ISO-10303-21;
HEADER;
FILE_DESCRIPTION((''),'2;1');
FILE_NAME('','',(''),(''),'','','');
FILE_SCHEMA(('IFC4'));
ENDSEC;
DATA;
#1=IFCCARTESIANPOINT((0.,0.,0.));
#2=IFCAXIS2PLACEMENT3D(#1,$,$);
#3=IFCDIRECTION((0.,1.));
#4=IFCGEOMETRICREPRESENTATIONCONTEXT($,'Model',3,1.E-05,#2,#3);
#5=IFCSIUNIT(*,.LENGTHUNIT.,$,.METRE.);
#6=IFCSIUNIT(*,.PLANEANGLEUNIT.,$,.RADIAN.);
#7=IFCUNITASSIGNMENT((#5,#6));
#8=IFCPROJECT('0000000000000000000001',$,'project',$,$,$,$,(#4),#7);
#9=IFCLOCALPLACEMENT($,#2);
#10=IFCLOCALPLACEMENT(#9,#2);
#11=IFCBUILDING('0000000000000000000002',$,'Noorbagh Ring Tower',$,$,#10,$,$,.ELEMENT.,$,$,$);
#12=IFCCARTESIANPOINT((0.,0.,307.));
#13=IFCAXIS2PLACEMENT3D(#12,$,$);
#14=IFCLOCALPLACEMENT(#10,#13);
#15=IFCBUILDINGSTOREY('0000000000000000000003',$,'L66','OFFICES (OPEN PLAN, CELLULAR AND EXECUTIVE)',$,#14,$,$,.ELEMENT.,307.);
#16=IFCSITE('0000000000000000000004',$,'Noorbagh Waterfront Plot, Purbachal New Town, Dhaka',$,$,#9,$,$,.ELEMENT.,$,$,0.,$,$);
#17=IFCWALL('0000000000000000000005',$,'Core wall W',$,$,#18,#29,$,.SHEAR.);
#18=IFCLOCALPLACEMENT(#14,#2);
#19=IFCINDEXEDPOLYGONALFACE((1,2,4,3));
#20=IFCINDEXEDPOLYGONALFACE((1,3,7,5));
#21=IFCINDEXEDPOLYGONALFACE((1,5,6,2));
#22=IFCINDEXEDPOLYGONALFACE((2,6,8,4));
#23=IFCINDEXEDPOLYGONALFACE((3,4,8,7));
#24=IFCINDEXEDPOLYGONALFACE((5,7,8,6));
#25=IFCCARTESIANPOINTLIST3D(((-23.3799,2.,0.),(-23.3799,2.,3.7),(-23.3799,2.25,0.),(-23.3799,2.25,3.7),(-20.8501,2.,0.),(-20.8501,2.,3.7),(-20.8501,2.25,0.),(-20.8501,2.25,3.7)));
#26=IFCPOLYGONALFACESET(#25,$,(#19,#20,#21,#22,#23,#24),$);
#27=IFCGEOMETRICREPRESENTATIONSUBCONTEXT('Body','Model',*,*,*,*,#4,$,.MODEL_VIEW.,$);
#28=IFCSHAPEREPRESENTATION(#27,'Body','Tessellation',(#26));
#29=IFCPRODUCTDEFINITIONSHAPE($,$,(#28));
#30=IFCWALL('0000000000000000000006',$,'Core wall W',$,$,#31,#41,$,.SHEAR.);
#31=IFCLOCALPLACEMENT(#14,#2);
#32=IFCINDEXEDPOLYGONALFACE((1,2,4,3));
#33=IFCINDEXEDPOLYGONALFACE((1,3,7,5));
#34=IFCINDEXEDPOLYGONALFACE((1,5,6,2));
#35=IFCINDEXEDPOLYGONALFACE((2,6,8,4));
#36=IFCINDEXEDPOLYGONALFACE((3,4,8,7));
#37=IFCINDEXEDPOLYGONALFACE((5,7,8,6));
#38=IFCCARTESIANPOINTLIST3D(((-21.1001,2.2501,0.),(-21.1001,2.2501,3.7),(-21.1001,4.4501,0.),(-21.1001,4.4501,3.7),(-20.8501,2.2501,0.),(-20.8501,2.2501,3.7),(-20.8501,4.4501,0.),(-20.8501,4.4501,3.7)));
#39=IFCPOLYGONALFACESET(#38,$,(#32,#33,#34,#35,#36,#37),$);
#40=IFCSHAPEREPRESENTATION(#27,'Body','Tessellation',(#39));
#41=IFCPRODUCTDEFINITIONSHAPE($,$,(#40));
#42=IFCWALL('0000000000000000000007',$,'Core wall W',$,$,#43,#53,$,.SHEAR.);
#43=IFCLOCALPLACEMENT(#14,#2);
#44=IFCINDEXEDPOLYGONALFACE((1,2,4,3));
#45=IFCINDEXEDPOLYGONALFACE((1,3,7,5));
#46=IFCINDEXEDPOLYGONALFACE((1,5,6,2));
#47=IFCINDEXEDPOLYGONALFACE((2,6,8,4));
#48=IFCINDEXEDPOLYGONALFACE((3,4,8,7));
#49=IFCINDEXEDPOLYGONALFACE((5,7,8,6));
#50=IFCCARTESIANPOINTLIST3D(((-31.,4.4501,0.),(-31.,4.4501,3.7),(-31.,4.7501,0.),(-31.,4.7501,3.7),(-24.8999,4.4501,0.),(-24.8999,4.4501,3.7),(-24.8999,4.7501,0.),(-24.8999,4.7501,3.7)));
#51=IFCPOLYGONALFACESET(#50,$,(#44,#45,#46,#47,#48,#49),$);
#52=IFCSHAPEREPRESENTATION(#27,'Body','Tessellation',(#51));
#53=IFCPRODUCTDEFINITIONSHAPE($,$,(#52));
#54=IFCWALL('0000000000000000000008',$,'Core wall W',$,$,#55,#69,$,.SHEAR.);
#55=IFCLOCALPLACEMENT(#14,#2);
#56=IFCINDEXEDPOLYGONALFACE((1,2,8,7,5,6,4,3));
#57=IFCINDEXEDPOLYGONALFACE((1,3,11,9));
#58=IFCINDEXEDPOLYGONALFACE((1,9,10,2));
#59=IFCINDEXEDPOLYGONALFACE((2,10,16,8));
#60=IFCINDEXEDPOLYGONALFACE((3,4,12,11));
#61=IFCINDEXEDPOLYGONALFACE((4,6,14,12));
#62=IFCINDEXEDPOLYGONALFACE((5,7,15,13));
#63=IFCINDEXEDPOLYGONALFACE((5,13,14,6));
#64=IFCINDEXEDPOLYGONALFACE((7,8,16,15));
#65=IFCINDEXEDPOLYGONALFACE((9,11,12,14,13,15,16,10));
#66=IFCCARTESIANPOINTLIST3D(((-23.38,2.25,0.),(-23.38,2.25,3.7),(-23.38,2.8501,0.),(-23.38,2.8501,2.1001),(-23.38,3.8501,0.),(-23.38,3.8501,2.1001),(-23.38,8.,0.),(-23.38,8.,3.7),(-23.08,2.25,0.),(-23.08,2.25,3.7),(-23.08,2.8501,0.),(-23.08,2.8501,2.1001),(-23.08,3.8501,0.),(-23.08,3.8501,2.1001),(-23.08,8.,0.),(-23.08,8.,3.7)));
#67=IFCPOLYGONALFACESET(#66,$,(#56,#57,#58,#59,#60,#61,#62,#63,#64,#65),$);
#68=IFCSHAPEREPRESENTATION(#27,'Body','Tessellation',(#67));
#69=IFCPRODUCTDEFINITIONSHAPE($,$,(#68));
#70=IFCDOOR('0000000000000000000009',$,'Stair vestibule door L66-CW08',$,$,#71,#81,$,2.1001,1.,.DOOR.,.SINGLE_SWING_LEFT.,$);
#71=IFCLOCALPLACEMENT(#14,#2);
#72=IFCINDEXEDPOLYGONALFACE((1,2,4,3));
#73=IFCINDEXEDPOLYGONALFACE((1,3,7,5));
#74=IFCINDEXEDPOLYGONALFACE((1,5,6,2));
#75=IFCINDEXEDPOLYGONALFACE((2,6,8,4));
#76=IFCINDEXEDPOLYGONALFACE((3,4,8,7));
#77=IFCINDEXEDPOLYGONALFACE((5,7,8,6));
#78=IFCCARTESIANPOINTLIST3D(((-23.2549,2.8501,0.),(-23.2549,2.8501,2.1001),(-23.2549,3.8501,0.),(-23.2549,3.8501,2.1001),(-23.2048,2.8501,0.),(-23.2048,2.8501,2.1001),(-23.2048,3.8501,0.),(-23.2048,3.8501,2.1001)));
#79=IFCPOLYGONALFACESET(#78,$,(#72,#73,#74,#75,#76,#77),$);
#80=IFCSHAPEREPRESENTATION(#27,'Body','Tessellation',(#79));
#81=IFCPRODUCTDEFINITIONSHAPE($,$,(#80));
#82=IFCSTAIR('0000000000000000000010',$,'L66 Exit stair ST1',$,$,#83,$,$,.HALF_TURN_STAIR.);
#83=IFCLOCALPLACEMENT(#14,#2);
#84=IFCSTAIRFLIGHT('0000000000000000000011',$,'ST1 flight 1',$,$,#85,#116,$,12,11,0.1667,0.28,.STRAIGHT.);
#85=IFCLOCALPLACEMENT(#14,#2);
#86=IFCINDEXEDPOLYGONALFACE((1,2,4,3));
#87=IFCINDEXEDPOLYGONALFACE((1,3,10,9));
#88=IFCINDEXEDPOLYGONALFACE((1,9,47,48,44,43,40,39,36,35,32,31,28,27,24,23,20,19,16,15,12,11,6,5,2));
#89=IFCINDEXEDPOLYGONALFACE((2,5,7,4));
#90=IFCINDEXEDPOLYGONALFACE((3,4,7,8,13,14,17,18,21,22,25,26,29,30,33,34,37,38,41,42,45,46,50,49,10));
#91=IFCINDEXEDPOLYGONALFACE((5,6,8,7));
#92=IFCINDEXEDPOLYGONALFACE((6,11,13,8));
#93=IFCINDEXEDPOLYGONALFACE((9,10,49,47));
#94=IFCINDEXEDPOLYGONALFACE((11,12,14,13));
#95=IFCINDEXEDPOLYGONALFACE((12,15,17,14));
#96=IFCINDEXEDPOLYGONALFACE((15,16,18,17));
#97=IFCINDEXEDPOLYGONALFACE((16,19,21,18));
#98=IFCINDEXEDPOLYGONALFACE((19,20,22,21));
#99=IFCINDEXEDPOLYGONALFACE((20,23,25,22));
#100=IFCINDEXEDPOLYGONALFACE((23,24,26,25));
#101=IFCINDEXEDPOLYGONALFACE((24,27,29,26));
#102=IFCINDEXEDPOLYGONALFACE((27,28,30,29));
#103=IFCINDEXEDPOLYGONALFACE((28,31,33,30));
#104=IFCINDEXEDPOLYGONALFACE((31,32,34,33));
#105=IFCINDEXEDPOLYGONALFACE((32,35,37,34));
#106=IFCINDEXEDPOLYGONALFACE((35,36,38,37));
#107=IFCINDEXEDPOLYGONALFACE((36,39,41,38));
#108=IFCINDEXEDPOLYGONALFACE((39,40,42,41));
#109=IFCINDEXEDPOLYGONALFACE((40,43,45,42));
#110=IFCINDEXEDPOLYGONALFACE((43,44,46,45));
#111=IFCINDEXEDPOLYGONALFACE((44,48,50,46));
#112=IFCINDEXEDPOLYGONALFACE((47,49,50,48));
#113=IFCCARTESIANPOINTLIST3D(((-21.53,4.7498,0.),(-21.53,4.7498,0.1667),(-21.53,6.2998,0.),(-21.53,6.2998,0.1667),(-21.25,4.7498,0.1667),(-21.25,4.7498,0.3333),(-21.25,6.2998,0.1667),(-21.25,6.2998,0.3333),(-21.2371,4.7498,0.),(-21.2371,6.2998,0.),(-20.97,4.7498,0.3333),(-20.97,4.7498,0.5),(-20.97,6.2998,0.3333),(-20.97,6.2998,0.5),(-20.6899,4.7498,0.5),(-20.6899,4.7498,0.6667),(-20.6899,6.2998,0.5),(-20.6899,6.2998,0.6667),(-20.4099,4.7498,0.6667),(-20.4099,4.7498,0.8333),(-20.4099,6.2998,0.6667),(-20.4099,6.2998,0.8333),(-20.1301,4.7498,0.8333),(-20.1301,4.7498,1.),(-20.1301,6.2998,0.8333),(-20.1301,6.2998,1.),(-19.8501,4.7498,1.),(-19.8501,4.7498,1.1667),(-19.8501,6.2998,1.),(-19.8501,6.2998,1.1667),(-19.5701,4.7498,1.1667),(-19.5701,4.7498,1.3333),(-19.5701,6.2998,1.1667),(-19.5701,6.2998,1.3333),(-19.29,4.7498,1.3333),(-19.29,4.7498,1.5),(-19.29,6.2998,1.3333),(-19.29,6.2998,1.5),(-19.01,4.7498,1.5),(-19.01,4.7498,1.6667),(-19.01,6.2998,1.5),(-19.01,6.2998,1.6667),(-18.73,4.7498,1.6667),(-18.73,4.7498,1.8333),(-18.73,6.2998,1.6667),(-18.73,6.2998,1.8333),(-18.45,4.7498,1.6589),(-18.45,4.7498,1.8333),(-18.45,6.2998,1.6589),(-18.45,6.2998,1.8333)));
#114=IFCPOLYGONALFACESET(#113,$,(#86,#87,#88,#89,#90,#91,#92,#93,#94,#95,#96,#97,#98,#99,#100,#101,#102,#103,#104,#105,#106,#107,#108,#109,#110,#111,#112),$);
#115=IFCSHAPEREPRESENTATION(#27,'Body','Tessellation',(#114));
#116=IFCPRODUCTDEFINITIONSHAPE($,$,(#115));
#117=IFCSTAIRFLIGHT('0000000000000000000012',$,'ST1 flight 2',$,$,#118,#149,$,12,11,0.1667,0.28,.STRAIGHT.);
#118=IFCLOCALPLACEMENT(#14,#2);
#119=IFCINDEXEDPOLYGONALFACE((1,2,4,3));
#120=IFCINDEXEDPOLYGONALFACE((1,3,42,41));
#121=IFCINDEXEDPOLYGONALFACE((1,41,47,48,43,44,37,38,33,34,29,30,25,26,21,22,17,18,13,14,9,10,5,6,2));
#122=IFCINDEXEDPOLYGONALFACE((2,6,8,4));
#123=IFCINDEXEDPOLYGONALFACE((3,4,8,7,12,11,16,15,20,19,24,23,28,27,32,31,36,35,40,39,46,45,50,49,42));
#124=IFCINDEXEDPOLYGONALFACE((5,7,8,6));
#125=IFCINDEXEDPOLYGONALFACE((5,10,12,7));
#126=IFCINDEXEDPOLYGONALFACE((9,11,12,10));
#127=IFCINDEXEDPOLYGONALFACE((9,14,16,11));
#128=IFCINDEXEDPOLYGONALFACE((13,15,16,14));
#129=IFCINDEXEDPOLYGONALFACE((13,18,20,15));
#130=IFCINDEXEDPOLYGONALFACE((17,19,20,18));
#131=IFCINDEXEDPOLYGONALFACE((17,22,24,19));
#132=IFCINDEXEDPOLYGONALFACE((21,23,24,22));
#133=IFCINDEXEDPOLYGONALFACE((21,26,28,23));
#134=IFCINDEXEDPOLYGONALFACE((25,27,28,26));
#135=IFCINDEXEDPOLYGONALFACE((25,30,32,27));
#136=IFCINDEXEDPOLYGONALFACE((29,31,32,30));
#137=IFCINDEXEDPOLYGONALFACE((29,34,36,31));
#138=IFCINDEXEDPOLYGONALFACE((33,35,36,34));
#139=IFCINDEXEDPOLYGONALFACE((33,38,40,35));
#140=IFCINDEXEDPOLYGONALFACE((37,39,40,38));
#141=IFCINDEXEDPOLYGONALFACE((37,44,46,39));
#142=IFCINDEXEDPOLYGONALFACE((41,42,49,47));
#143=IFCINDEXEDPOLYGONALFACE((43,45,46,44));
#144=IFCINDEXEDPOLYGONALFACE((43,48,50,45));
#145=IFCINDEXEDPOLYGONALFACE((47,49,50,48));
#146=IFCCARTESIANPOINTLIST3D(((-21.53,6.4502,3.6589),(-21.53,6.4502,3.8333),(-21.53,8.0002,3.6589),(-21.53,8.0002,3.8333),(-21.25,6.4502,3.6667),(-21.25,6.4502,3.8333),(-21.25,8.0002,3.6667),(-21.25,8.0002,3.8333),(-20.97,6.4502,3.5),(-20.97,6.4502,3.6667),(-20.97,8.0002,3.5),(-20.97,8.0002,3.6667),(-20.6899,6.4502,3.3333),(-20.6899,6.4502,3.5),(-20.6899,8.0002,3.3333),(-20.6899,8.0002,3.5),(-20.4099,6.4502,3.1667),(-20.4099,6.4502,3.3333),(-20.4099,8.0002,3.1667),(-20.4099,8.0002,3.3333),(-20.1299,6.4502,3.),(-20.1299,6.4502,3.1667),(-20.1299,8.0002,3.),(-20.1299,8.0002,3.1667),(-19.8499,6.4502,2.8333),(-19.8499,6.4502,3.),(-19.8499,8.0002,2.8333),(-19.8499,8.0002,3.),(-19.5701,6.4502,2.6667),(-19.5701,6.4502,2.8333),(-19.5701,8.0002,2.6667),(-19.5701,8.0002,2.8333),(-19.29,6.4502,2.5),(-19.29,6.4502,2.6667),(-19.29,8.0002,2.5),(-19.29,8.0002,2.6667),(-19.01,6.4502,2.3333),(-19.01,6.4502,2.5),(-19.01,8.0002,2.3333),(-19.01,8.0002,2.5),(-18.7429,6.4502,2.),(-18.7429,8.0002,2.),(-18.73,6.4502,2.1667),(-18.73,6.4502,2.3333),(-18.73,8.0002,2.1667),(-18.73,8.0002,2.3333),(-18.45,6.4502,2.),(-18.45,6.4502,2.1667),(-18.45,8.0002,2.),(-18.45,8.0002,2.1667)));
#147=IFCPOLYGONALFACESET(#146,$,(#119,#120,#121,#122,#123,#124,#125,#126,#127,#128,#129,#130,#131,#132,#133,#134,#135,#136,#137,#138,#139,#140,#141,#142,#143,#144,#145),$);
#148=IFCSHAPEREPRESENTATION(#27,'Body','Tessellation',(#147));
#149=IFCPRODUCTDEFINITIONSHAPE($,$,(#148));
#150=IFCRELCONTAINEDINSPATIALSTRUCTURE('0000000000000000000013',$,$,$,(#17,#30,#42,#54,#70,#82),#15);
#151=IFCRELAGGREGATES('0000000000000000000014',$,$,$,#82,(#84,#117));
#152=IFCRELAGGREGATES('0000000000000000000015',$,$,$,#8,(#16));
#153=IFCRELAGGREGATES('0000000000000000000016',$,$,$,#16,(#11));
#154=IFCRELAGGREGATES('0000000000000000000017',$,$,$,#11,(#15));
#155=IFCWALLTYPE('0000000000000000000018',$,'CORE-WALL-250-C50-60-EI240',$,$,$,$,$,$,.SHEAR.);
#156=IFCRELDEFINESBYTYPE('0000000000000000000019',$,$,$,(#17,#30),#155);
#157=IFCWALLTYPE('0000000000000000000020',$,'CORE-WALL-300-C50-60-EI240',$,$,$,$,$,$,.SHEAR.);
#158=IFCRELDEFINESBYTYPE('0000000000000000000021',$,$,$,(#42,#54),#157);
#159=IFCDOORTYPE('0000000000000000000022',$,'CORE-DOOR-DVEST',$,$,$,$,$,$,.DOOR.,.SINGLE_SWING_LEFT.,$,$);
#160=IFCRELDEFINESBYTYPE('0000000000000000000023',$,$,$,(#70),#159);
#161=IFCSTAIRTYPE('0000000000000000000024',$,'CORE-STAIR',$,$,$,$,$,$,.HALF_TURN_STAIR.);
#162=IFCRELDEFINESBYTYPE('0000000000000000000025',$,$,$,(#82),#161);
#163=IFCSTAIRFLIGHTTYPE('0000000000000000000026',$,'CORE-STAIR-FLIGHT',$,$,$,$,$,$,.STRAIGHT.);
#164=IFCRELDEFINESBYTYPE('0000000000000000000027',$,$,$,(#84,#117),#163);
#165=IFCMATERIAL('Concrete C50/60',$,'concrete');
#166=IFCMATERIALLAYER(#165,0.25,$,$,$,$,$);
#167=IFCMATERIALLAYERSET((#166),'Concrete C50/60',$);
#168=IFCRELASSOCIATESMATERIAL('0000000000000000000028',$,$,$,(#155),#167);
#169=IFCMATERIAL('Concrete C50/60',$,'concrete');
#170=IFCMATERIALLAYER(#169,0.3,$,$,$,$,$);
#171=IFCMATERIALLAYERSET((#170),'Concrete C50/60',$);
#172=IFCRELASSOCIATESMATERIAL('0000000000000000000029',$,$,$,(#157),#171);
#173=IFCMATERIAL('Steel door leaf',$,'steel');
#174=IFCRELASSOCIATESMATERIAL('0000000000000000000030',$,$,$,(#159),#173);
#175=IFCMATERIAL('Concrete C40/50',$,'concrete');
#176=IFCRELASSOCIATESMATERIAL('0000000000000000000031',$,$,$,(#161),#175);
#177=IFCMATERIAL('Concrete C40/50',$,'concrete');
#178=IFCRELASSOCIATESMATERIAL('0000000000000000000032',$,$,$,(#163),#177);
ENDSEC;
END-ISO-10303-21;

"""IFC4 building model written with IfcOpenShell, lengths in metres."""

from ifc_helpers import new_model, si_unit, direction, frame, frame_2d, origin, place, context, subcontext, project, spatial, polyline, rectangle, outline, extrude, material, layer, layer_set, type_object, element, fill, aggregate, save


model = new_model("IFC4")

# Units and contexts
model_context = context("Model", 3, precision=1e-05, world=origin(), true_north=direction((0.0, 1.0)))
body_context = subcontext(model_context, "Body", "Model", "MODEL_VIEW")
ifc_project = project(units=[si_unit("LENGTHUNIT", "METRE"), si_unit("PLANEANGLEUNIT", "RADIAN")], contexts=[model_context])

# Site, building, storey
site_placement = place(None, origin())
site = spatial("IfcSite", under=ifc_project, at=site_placement, Name="Noorbagh Waterfront Plot, Purbachal New Town, Dhaka", CompositionType="ELEMENT", RefElevation=0.0)
building_placement = place(site_placement, origin())
building = spatial("IfcBuilding", under=site, at=building_placement, Name="Noorbagh Ring Tower", CompositionType="ELEMENT")
storey_placement = place(building_placement, frame((0.0, 0.0, 307.0)))
storey = spatial("IfcBuildingStorey", under=building, at=storey_placement, Name="L66", Description="OFFICES (OPEN PLAN, CELLULAR AND EXECUTIVE)", CompositionType="ELEMENT", Elevation=307.0)

# Walls
ifc_material_1 = material(Name="Concrete C50/60", Category="concrete")
ifc_layer_1 = layer(ifc_material_1, 0.25)
ifc_layer_set_1 = layer_set([ifc_layer_1], Name="Concrete C50/60")
wall_type_1 = type_object("IfcWallType", Name="CORE-WALL-250-C50-60-EI240", PredefinedType="SHEAR", material=ifc_layer_set_1)
wall_1_placement = place(storey_placement, frame((-20.8501, 2.125, 0.0), z_axis=(0.0, 0.0, 1.0), x_axis=(-1.0, 0.0, 0.0)))
element("IfcWall", 1, at=wall_1_placement, inside=storey, type_object=wall_type_1, Name="Core wall W", PredefinedType="SHEAR", context=body_context, shape_type="SweptSolid", body=[
    extrude(rectangle(XDim=2.5298, YDim=0.25, at=frame_2d((1.2649, 0.0))), origin(), (0.0, 0.0, 1.0), 3.7),
])
wall_2_placement = place(storey_placement, frame((-20.9751, 2.25, 0.0), z_axis=(0.0, 0.0, 1.0), x_axis=(0.0, 1.0, 0.0)))
element("IfcWall", 2, at=wall_2_placement, inside=storey, type_object=wall_type_1, Name="Core wall W", PredefinedType="SHEAR", context=body_context, shape_type="SweptSolid", body=[
    extrude(rectangle(XDim=2.2, YDim=0.25, at=frame_2d((1.1001, 0.0))), origin(), (0.0, 0.0, 1.0), 3.7),
])
ifc_material_2 = material(Name="Concrete C50/60", Category="concrete")
ifc_layer_2 = layer(ifc_material_2, 0.3)
ifc_layer_set_2 = layer_set([ifc_layer_2], Name="Concrete C50/60")
wall_type_2 = type_object("IfcWallType", Name="CORE-WALL-300-C50-60-EI240", PredefinedType="SHEAR", material=ifc_layer_set_2)
wall_3_placement = place(storey_placement, frame((-24.8999, 4.6001, 0.0), z_axis=(0.0, 0.0, 1.0), x_axis=(-1.0, 0.0, 0.0)))
element("IfcWall", 3, at=wall_3_placement, inside=storey, type_object=wall_type_2, Name="Core wall W", PredefinedType="SHEAR", context=body_context, shape_type="SweptSolid", body=[
    extrude(rectangle(XDim=6.1001, YDim=0.3, at=frame_2d((3.05, 0.0))), origin(), (0.0, 0.0, 1.0), 3.7),
])

# Wall, opening, door
wall_4_placement = place(storey_placement, frame((-23.23, 2.25, 0.0), z_axis=(0.0, 0.0, 1.0), x_axis=(0.0, 1.0, 0.0)))
wall_4 = element("IfcWall", 4, at=wall_4_placement, inside=storey, type_object=wall_type_2, Name="Core wall W", PredefinedType="SHEAR", context=body_context, shape_type="SweptSolid", body=[
    extrude(rectangle(XDim=5.75, YDim=0.3, at=frame_2d((2.875, 0.0))), origin(), (0.0, 0.0, 1.0), 3.7),
])
opening_1_placement = place(wall_4_placement, frame((0.6001, 0.0, 0.0)))
opening_1 = element("IfcOpeningElement", 5, at=opening_1_placement, cuts=wall_4, PredefinedType="OPENING", context=body_context, shape_type="SweptSolid", body=[
    extrude(rectangle(XDim=1.0, YDim=2.1001, at=frame_2d((0.5, 1.05))), frame((0.0, 0.1602, 0.0), z_axis=(0.0, -1.0, 0.0), x_axis=(1.0, 0.0, 0.0)), (0.0, 0.0, 1.0), 0.3201),
])
ifc_material_3 = material(Name="Steel door leaf", Category="steel")
door_type_1 = type_object("IfcDoorType", Name="CORE-DOOR-DVEST", OperationType="SINGLE_SWING_LEFT", PredefinedType="DOOR", material=ifc_material_3)
door_1_placement = place(opening_1_placement, origin())
door_1 = element("IfcDoor", 6, at=door_1_placement, inside=storey, type_object=door_type_1, Name="Stair vestibule door L66-CW08", OperationType="SINGLE_SWING_LEFT", OverallHeight=2.1001, OverallWidth=1.0, PredefinedType="DOOR", context=body_context, shape_type="SweptSolid", body=[
    extrude(rectangle(XDim=1.0, YDim=2.1001, at=frame_2d((0.5, 1.05))), frame((0.0, 0.0249, 0.0), z_axis=(0.0, -1.0, 0.0), x_axis=(1.0, 0.0, 0.0)), (0.0, 0.0, 1.0), 0.05),
])
fill(opening_1, door_1)

# Stair, stair flights
ifc_material_4 = material(Name="Concrete C40/50", Category="concrete")
stair_type = type_object("IfcStairType", Name="CORE-STAIR", PredefinedType="HALF_TURN_STAIR", material=ifc_material_4)
stair_placement = place(storey_placement, origin())
stair = element("IfcStair", 7, at=stair_placement, inside=storey, type_object=stair_type, Name="L66 Exit stair ST1", PredefinedType="HALF_TURN_STAIR")
ifc_material_5 = material(Name="Concrete C40/50", Category="concrete")
stair_flight_type = type_object("IfcStairFlightType", Name="CORE-STAIR-FLIGHT", PredefinedType="STRAIGHT", material=ifc_material_5)
stair_flight_1_placement = place(storey_placement, frame((-21.53, 5.5249, 0.0), z_axis=(0.0, 0.0, 1.0), x_axis=(1.0, 0.0, 0.0)))
stair_flight_1 = element("IfcStairFlight", 8, at=stair_flight_1_placement, type_object=stair_flight_type, Name="ST1 flight 1", NumberOfRisers=12, NumberOfTreads=11, PredefinedType="STRAIGHT", RiserHeight=0.1667, TreadLength=0.28, context=body_context, shape_type="SweptSolid", body=[
    extrude(outline(polyline([(0.0, 0.0), (0.0, 0.1667), (0.28, 0.1667), (0.28, 0.3333), (0.5601, 0.3333), (0.5601, 0.5), (0.8401, 0.5), (0.8401, 0.6667), (1.1201, 0.6667), (1.1201, 0.8333), (1.3999, 0.8333), (1.3999, 1.0), (1.6799, 1.0), (1.6799, 1.1667), (1.96, 1.1667), (1.96, 1.3333), (2.24, 1.3333), (2.24, 1.5), (2.52, 1.5), (2.52, 1.6667), (2.8, 1.6667), (2.8, 1.8333), (3.0801, 1.8333), (3.0801, 2.0), (3.0801, 1.6589), (0.293, 0.0), (0.0, 0.0)])), frame((0.0, 0.7749, 0.0), z_axis=(0.0, -1.0, 0.0), x_axis=(1.0, 0.0, 0.0)), (0.0, 0.0, 1.0), 1.55),
])
stair_flight_2_placement = place(storey_placement, frame((-18.45, 7.2251, 2.0), z_axis=(0.0, 0.0, 1.0), x_axis=(-1.0, 0.0, 0.0)))
stair_flight_2 = element("IfcStairFlight", 9, at=stair_flight_2_placement, type_object=stair_flight_type, Name="ST1 flight 2", NumberOfRisers=12, NumberOfTreads=11, PredefinedType="STRAIGHT", RiserHeight=0.1667, TreadLength=0.28, context=body_context, shape_type="SweptSolid", body=[
    extrude(outline(polyline([(0.0, 0.0), (0.0, 0.1667), (0.28, 0.1667), (0.28, 0.3333), (0.5601, 0.3333), (0.5601, 0.5), (0.8401, 0.5), (0.8401, 0.6667), (1.1201, 0.6667), (1.1201, 0.8333), (1.3999, 0.8333), (1.3999, 1.0), (1.6799, 1.0), (1.6799, 1.1667), (1.96, 1.1667), (1.96, 1.3333), (2.24, 1.3333), (2.24, 1.5), (2.52, 1.5), (2.52, 1.6667), (2.8, 1.6667), (2.8, 1.8333), (3.0801, 1.8333), (3.0801, 2.0), (3.0801, 1.6589), (0.293, 0.0), (0.0, 0.0)])), frame((0.0, 0.7749, 0.0), z_axis=(0.0, -1.0, 0.0), x_axis=(1.0, 0.0, 0.0)), (0.0, 0.0, 1.0), 1.55),
])
aggregate(stair, [stair_flight_1, stair_flight_2])

save(model, "model.ifc")
